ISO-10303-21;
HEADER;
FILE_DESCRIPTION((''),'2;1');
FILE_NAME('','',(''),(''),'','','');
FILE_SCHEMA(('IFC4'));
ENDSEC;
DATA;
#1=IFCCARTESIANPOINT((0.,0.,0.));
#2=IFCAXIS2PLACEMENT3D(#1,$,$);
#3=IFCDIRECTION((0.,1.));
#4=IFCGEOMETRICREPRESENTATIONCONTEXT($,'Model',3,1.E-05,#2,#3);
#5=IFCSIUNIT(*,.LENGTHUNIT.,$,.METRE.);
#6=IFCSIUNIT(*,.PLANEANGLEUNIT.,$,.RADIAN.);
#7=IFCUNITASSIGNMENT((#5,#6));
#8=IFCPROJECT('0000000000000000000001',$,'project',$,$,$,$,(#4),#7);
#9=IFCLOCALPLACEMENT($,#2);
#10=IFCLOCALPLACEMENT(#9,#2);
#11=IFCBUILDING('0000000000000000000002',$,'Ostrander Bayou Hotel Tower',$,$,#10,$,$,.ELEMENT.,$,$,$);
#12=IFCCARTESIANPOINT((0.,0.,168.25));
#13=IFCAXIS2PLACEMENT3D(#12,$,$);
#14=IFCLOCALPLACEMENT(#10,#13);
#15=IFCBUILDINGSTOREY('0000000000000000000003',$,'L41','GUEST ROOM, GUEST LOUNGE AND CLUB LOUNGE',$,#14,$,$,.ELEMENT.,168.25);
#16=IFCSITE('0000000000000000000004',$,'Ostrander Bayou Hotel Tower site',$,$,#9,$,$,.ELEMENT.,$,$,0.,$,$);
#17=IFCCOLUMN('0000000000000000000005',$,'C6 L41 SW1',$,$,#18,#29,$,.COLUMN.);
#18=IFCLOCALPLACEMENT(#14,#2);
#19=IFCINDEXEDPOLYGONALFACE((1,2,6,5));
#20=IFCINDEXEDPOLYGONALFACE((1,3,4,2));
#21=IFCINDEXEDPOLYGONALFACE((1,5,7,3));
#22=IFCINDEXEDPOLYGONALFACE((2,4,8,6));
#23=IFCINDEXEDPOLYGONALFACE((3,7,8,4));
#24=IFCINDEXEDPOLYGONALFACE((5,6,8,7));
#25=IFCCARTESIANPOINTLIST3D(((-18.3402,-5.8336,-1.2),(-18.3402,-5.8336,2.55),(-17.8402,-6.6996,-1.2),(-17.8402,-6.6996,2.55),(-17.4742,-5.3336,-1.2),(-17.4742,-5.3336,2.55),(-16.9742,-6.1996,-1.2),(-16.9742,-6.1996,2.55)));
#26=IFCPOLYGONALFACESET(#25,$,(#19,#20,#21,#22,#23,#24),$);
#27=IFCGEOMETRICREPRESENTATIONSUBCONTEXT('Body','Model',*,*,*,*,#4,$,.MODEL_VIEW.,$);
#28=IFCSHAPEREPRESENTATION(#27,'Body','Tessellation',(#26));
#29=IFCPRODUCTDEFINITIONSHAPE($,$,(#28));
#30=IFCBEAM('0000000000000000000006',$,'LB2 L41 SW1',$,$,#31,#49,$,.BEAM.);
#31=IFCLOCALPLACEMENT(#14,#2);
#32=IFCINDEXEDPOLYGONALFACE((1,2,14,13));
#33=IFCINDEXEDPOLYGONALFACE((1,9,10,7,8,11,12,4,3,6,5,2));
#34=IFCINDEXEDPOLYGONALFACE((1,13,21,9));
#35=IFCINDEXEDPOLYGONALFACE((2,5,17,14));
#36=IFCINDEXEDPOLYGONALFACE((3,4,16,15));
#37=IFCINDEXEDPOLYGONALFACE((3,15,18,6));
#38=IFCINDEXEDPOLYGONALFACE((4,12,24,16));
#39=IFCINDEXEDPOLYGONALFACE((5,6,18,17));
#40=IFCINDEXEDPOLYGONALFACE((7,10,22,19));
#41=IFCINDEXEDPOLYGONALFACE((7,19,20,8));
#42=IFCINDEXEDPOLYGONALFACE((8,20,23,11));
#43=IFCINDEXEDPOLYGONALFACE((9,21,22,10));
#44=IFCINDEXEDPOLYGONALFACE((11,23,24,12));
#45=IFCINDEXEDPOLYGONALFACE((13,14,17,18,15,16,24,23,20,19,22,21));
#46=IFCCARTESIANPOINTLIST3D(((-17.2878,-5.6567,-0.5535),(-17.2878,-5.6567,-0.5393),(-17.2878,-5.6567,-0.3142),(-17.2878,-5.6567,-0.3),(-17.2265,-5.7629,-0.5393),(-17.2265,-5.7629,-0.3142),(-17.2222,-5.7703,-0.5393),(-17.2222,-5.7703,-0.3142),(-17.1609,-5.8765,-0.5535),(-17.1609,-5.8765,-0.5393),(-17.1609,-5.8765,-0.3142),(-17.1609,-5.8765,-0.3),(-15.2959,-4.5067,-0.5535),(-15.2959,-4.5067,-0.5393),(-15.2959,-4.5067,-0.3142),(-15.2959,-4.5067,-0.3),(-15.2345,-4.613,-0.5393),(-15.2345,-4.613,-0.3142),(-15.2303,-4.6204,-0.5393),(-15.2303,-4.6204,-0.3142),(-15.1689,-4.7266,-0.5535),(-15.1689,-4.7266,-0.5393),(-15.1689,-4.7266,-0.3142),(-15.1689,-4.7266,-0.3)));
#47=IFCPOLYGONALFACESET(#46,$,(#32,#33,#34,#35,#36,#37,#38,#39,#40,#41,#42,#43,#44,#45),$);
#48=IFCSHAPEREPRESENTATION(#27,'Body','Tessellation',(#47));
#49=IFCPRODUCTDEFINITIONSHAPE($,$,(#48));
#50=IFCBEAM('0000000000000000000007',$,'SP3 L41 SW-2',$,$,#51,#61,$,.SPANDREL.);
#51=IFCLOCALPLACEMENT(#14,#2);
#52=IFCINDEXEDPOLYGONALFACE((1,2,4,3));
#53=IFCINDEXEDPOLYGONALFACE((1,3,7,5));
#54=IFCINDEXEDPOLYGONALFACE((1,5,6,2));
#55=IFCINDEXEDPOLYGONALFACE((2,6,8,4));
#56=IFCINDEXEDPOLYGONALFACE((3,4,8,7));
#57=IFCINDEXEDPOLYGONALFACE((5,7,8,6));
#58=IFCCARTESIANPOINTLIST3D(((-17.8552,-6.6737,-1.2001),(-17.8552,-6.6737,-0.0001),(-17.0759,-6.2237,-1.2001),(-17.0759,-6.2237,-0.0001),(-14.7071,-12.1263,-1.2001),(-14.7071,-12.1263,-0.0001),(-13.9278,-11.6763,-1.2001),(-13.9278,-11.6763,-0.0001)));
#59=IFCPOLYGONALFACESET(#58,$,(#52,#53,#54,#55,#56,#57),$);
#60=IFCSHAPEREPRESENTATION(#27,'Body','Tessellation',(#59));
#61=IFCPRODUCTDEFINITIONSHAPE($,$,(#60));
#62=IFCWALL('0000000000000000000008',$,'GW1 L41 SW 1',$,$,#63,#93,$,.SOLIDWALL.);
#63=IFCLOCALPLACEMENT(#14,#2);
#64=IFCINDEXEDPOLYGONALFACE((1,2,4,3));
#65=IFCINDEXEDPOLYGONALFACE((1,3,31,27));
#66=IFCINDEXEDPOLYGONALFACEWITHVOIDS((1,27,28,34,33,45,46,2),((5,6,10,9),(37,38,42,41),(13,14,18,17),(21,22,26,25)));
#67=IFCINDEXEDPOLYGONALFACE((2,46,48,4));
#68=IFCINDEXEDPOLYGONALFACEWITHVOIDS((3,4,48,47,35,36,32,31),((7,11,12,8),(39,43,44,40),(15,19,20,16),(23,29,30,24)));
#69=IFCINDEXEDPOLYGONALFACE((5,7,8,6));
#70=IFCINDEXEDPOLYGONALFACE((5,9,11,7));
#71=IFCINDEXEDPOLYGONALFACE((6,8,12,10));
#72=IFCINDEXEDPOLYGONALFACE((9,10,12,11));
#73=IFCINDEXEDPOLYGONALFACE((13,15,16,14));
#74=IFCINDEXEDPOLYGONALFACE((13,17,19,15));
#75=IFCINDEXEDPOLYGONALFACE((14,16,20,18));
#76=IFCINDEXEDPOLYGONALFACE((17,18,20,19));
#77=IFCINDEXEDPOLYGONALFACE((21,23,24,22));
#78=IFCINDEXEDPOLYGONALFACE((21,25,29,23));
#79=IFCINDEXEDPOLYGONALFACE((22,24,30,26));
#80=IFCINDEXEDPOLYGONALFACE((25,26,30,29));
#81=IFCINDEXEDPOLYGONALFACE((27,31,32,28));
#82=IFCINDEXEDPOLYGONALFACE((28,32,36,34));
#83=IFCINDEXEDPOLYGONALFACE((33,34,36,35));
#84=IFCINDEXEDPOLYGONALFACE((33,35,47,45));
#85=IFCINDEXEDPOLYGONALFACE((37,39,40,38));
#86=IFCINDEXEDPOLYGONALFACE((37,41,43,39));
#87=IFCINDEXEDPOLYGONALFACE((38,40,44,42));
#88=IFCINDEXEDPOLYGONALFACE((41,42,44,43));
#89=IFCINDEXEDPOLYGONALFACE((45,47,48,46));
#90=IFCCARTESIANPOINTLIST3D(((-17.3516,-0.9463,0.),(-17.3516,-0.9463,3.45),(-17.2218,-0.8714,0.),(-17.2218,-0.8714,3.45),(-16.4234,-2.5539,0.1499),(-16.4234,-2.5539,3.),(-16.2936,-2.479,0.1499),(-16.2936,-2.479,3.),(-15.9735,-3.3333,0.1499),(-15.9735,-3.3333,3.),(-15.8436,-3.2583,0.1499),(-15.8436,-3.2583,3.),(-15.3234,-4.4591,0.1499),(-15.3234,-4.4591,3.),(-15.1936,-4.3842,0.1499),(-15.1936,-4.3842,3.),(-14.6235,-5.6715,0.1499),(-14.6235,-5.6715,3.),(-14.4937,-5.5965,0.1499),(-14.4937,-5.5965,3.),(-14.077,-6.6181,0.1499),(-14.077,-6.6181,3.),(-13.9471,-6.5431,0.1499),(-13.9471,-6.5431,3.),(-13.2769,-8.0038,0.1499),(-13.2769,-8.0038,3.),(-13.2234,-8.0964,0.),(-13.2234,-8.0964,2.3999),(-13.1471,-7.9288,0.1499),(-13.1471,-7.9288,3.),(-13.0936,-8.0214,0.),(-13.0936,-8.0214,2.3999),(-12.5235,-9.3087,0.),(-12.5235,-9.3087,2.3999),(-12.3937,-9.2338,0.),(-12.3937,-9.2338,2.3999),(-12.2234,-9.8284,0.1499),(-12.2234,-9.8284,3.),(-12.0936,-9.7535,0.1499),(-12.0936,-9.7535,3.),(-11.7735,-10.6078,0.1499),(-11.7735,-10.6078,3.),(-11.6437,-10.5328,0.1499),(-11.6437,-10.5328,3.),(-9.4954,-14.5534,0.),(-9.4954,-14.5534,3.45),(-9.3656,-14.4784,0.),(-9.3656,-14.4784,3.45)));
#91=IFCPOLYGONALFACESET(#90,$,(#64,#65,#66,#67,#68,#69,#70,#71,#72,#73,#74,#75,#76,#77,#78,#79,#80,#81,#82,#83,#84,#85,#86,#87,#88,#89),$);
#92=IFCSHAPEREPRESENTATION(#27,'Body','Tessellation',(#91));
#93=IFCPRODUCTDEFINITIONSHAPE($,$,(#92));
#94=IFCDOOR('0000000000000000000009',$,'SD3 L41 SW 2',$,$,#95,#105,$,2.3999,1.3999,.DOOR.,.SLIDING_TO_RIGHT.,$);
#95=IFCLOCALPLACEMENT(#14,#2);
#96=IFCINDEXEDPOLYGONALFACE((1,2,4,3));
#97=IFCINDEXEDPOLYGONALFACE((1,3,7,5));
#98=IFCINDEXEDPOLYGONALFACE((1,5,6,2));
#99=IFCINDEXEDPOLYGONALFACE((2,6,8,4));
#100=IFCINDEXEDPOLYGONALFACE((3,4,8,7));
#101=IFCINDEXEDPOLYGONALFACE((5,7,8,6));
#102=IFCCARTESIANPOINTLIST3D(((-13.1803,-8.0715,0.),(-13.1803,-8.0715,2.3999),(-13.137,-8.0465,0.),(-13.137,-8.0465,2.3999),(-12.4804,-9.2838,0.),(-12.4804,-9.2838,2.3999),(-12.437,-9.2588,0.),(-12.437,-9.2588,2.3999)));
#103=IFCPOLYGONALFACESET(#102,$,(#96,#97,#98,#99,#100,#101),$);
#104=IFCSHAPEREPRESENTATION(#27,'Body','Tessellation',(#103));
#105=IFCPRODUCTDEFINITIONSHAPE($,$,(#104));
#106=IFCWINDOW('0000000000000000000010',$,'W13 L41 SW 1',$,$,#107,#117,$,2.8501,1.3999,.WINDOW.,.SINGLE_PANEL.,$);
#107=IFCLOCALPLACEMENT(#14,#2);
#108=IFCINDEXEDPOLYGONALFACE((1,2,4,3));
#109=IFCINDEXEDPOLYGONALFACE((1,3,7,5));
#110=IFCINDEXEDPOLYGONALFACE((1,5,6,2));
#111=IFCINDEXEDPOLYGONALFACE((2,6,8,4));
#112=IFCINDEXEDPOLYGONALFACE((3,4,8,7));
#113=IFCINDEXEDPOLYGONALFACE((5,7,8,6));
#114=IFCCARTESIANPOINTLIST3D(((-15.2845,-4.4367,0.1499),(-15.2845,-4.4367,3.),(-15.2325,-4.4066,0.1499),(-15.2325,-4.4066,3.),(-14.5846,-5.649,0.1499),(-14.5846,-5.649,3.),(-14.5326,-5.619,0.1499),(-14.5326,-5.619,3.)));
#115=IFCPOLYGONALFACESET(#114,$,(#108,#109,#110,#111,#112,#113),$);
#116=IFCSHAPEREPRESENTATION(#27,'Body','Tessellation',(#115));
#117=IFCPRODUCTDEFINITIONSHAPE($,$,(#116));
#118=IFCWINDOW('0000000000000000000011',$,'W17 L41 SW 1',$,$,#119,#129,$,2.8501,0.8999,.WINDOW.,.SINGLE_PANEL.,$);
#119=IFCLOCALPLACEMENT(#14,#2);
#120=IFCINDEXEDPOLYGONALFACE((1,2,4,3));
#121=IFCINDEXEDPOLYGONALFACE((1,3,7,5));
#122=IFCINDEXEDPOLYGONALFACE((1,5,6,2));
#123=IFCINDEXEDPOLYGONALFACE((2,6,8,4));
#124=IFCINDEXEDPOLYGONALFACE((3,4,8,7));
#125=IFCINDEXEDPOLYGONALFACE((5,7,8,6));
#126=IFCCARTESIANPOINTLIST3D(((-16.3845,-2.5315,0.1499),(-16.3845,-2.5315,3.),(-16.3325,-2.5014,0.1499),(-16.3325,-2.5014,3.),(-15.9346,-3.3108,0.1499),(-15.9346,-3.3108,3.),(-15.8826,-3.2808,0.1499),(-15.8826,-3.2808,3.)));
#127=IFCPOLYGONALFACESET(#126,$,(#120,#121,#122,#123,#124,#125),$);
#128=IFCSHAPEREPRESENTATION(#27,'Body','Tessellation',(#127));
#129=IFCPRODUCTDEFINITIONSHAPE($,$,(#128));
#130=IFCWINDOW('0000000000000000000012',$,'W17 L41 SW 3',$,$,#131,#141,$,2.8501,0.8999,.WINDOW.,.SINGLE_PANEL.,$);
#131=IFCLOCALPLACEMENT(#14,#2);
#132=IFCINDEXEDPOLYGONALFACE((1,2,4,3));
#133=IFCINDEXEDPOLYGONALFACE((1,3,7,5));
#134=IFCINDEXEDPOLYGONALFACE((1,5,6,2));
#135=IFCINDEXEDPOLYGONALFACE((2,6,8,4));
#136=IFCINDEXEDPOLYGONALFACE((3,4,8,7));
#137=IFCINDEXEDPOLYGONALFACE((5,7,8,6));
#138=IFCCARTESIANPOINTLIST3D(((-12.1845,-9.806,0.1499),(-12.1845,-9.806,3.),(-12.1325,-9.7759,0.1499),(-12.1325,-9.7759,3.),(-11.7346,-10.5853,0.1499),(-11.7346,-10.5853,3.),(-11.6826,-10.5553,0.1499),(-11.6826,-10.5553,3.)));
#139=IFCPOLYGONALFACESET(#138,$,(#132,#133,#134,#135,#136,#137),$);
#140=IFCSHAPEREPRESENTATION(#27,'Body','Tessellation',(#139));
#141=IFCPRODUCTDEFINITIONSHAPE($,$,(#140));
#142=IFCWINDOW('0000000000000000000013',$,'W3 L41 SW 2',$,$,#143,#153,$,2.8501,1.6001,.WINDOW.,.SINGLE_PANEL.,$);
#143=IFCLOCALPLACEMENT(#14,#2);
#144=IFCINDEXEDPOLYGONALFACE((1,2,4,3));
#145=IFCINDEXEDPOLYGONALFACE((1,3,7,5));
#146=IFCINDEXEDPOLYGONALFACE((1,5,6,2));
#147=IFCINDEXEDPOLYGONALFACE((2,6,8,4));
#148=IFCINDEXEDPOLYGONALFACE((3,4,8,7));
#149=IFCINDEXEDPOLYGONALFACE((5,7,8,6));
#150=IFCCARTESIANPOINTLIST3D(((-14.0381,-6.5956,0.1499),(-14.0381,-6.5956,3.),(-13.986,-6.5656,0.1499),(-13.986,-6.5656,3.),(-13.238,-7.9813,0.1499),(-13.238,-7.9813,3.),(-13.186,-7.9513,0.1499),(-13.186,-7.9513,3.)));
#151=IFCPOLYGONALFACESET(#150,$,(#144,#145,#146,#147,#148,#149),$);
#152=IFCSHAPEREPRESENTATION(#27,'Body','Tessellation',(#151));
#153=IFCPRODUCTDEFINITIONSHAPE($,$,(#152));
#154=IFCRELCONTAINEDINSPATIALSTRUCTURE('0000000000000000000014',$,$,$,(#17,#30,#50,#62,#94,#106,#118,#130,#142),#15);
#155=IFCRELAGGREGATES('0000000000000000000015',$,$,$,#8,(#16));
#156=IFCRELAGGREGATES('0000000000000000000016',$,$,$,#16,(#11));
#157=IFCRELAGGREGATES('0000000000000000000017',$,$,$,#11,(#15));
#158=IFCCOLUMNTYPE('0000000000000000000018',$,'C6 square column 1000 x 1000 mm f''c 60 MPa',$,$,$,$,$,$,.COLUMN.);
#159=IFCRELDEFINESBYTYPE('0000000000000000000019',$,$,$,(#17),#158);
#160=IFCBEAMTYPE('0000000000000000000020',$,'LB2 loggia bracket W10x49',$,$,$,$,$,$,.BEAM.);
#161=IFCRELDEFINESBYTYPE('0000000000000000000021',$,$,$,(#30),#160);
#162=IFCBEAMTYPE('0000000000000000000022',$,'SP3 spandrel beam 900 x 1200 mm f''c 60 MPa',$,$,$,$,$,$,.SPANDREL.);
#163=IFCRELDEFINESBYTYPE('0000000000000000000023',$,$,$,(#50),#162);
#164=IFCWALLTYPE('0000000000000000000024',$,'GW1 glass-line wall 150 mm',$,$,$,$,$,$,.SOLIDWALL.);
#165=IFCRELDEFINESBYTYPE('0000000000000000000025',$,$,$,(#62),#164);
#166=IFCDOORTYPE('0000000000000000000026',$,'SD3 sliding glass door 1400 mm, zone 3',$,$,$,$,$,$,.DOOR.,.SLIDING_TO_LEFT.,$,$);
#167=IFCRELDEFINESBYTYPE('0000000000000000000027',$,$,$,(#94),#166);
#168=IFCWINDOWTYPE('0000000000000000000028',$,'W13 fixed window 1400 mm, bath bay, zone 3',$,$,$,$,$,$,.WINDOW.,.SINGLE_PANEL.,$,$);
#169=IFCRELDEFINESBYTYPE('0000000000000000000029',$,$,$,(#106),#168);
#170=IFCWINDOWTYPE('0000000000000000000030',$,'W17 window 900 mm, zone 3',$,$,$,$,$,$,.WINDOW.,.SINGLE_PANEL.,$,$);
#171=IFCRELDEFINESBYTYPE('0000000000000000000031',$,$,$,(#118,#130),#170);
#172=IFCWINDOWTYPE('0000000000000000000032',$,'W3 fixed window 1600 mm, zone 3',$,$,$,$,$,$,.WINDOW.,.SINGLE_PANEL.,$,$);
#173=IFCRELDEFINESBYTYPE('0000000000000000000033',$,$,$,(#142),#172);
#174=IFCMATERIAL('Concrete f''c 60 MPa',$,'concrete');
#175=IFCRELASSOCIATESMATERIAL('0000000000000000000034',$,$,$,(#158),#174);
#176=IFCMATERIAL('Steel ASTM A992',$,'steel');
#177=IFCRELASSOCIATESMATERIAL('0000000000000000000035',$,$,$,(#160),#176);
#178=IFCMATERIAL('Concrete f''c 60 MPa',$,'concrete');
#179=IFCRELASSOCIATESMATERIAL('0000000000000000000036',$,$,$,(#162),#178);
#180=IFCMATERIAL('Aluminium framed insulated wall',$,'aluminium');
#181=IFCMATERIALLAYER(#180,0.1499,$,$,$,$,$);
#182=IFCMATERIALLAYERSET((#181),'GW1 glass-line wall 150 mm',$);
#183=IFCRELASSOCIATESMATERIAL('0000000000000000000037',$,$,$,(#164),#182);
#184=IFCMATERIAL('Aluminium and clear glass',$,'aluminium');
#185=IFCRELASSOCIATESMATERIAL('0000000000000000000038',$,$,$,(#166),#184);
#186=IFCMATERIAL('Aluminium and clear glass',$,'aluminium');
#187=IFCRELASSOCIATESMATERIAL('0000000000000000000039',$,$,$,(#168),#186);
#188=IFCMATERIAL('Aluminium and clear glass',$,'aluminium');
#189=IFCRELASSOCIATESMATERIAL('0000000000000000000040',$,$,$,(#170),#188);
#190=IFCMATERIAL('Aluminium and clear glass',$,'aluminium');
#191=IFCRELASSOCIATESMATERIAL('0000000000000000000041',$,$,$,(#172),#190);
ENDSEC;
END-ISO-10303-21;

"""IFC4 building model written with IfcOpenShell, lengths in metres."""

from ifc_helpers import new_model, si_unit, direction, frame, frame_2d, origin, origin_2d, place, context, subcontext, project, spatial, rectangle, i_section, extrude, material, layer, layer_set, material_profile, profile_set, type_object, element, fill, save


model = new_model("IFC4")

# Units and contexts
model_context = context("Model", 3, precision=1e-05, world=origin(), true_north=direction((0.0, 1.0)))
body_context = subcontext(model_context, "Body", "Model", "MODEL_VIEW")
ifc_project = project(units=[si_unit("LENGTHUNIT", "METRE"), si_unit("PLANEANGLEUNIT", "RADIAN")], contexts=[model_context])

# Site, building, storey
site_placement = place(None, origin())
site = spatial("IfcSite", under=ifc_project, at=site_placement, Name="Ostrander Bayou Hotel Tower site", CompositionType="ELEMENT", RefElevation=0.0)
building_placement = place(site_placement, origin())
building = spatial("IfcBuilding", under=site, at=building_placement, Name="Ostrander Bayou Hotel Tower", CompositionType="ELEMENT")
storey_placement = place(building_placement, frame((0.0, 0.0, 168.25)))
storey = spatial("IfcBuildingStorey", under=building, at=storey_placement, Name="L41", Description="GUEST ROOM, GUEST LOUNGE AND CLUB LOUNGE", CompositionType="ELEMENT", Elevation=168.25)

# Column
ifc_material_1 = material(Name="Concrete f'c 60 MPa", Category="concrete")
ifc_material_profile_1 = material_profile(ifc_material_1, rectangle(XDim=1.0, YDim=1.0, at=origin_2d()))
ifc_profile_set_1 = profile_set([ifc_material_profile_1], Name="Concrete f'c 60 MPa")
column_type = type_object("IfcColumnType", Name="C6 square column 1000 x 1000 mm f'c 60 MPa", PredefinedType="COLUMN", material=ifc_profile_set_1)
column_placement = place(storey_placement, frame((-17.6572, -6.0166, -1.2), z_axis=(0.0, 0.0, 1.0), x_axis=(-0.5, 0.866025, 0.0)))
element("IfcColumn", 1, at=column_placement, inside=storey, type_object=column_type, Name="C6 L41 SW1", PredefinedType="COLUMN", context=body_context, shape_type="SweptSolid", body=[
    extrude(rectangle(XDim=1.0, YDim=1.0, at=origin_2d()), origin(), (0.0, 0.0, 1.0), 3.75),
])

# Beams
ifc_material_2 = material(Name="Steel ASTM A992", Category="steel")
ifc_material_profile_2 = material_profile(ifc_material_2, i_section(OverallWidth=0.2539, OverallDepth=0.2534, WebThickness=0.0085, FlangeThickness=0.0142, at=origin_2d()))
ifc_profile_set_2 = profile_set([ifc_material_profile_2], Name="Steel ASTM A992")
beam_type_1 = type_object("IfcBeamType", Name="LB2 loggia bracket W10x49", PredefinedType="BEAM", material=ifc_profile_set_2)
beam_1_placement = place(storey_placement, frame((-17.2244, -5.7666, -0.4268), z_axis=(0.866053, 0.499952, 0.0), x_axis=(-0.499952, 0.866053, 0.0)))
element("IfcBeam", 2, at=beam_1_placement, inside=storey, type_object=beam_type_1, Name="LB2 L41 SW1", PredefinedType="BEAM", context=body_context, shape_type="SweptSolid", body=[
    extrude(i_section(OverallWidth=0.2539, OverallDepth=0.2534, WebThickness=0.0085, FlangeThickness=0.0142, at=origin_2d()), origin(), (0.0, 0.0, 1.0), 2.3),
])
ifc_material_3 = material(Name="Concrete f'c 60 MPa", Category="concrete")
ifc_material_profile_3 = material_profile(ifc_material_3, rectangle(XDim=0.8999, YDim=1.2, at=origin_2d()))
ifc_profile_set_3 = profile_set([ifc_material_profile_3], Name="Concrete f'c 60 MPa")
beam_type_2 = type_object("IfcBeamType", Name="SP3 spandrel beam 900 x 1200 mm f'c 60 MPa", PredefinedType="SPANDREL", material=ifc_profile_set_3)
beam_2_placement = place(storey_placement, frame((-17.4656, -6.4487, -0.6001), z_axis=(0.500013, -0.866018, 0.0), x_axis=(0.866018, 0.500013, 0.0)))
element("IfcBeam", 3, at=beam_2_placement, inside=storey, type_object=beam_type_2, Name="SP3 L41 SW-2", PredefinedType="SPANDREL", context=body_context, shape_type="SweptSolid", body=[
    extrude(rectangle(XDim=0.8999, YDim=1.2, at=origin_2d()), origin(), (0.0, 0.0, 1.0), 6.2961),
])

# Wall, openings, door, windows
ifc_material_4 = material(Name="Aluminium framed insulated wall", Category="aluminium")
ifc_layer_1 = layer(ifc_material_4, 0.1499)
ifc_layer_set_1 = layer_set([ifc_layer_1], Name="GW1 glass-line wall 150 mm")
wall_type_1 = type_object("IfcWallType", Name="GW1 glass-line wall 150 mm", PredefinedType="SOLIDWALL", material=ifc_layer_set_1)
wall_1_placement = place(storey_placement, frame((-17.2866, -0.9089, 0.0), z_axis=(0.0, 0.0, 1.0), x_axis=(0.500004, -0.866023, 0.0)))
wall_1 = element("IfcWall", 4, at=wall_1_placement, inside=storey, type_object=wall_type_1, Name="GW1 L41 SW 1", PredefinedType="SOLIDWALL", context=body_context, shape_type="SweptSolid", body=[
    extrude(rectangle(XDim=15.7122, YDim=0.1499, at=frame_2d((7.856, 0.0))), origin(), (0.0, 0.0, 1.0), 3.45),
])
opening_1_placement = place(wall_1_placement, frame((1.8562, 0.0, 0.1499)))
opening_1 = element("IfcOpeningElement", 5, at=opening_1_placement, cuts=wall_1, PredefinedType="OPENING", context=body_context, shape_type="SweptSolid", body=[
    extrude(rectangle(XDim=0.8999, YDim=2.8501, at=frame_2d((0.45, 1.425))), frame((0.0, 0.075, 0.0), z_axis=(0.0, -1.0, 0.0), x_axis=(1.0, 0.0, 0.0)), (0.0, 0.0, 1.0), 0.1499),
])
opening_2_placement = place(wall_1_placement, frame((4.0562, 0.0, 0.1499)))
opening_2 = element("IfcOpeningElement", 6, at=opening_2_placement, cuts=wall_1, PredefinedType="OPENING", context=body_context, shape_type="SweptSolid", body=[
    extrude(rectangle(XDim=1.3999, YDim=2.8501, at=frame_2d((0.7, 1.425))), frame((0.0, 0.075, 0.0), z_axis=(0.0, -1.0, 0.0), x_axis=(1.0, 0.0, 0.0)), (0.0, 0.0, 1.0), 0.1499),
])
opening_3_placement = place(wall_1_placement, frame((6.5491, 0.0, 0.1499)))
opening_3 = element("IfcOpeningElement", 7, at=opening_3_placement, cuts=wall_1, PredefinedType="OPENING", context=body_context, shape_type="SweptSolid", body=[
    extrude(rectangle(XDim=1.6001, YDim=2.8501, at=frame_2d((0.8, 1.425))), frame((0.0, 0.075, 0.0), z_axis=(0.0, -1.0, 0.0), x_axis=(1.0, 0.0, 0.0)), (0.0, 0.0, 1.0), 0.1499),
])
opening_4_placement = place(wall_1_placement, frame((8.2561, 0.0, 0.0)))
opening_4 = element("IfcOpeningElement", 8, at=opening_4_placement, cuts=wall_1, PredefinedType="OPENING", context=body_context, shape_type="SweptSolid", body=[
    extrude(rectangle(XDim=1.3999, YDim=2.3999, at=frame_2d((0.7, 1.2))), frame((0.0, 0.075, 0.0), z_axis=(0.0, -1.0, 0.0), x_axis=(1.0, 0.0, 0.0)), (0.0, 0.0, 1.0), 0.1499),
])
opening_5_placement = place(wall_1_placement, frame((10.2561, 0.0, 0.1499)))
opening_5 = element("IfcOpeningElement", 9, at=opening_5_placement, cuts=wall_1, PredefinedType="OPENING", context=body_context, shape_type="SweptSolid", body=[
    extrude(rectangle(XDim=0.8999, YDim=2.8501, at=frame_2d((0.45, 1.425))), frame((0.0, 0.075, 0.0), z_axis=(0.0, -1.0, 0.0), x_axis=(1.0, 0.0, 0.0)), (0.0, 0.0, 1.0), 0.1499),
])
ifc_material_5 = material(Name="Aluminium and clear glass", Category="aluminium")
door_type_1 = type_object("IfcDoorType", Name="SD3 sliding glass door 1400 mm, zone 3", OperationType="SLIDING_TO_LEFT", PredefinedType="DOOR", material=ifc_material_5)
door_1_placement = place(opening_4_placement, origin())
door_1 = element("IfcDoor", 10, at=door_1_placement, inside=storey, type_object=door_type_1, Name="SD3 L41 SW 2", OperationType="SLIDING_TO_RIGHT", OverallHeight=2.3999, OverallWidth=1.3999, PredefinedType="DOOR", context=body_context, shape_type="SweptSolid", body=[
    extrude(rectangle(XDim=1.3999, YDim=2.3999, at=frame_2d((0.7, 1.2))), frame((0.0, 0.0249, 0.0), z_axis=(0.0, -1.0, 0.0), x_axis=(1.0, 0.0, 0.0)), (0.0, 0.0, 1.0), 0.05),
])
fill(opening_4, door_1)
ifc_material_6 = material(Name="Aluminium and clear glass", Category="aluminium")
window_type_1 = type_object("IfcWindowType", Name="W13 fixed window 1400 mm, bath bay, zone 3", PartitioningType="SINGLE_PANEL", PredefinedType="WINDOW", material=ifc_material_6)
window_1_placement = place(opening_2_placement, origin())
window_1 = element("IfcWindow", 11, at=window_1_placement, inside=storey, type_object=window_type_1, Name="W13 L41 SW 1", OverallHeight=2.8501, OverallWidth=1.3999, PartitioningType="SINGLE_PANEL", PredefinedType="WINDOW", context=body_context, shape_type="SweptSolid", body=[
    extrude(rectangle(XDim=1.3999, YDim=2.8501, at=frame_2d((0.7, 1.425))), frame((0.0, 0.03, 0.0), z_axis=(0.0, -1.0, 0.0), x_axis=(1.0, 0.0, 0.0)), (0.0, 0.0, 1.0), 0.0601),
])
fill(opening_2, window_1)
ifc_material_7 = material(Name="Aluminium and clear glass", Category="aluminium")
window_type_2 = type_object("IfcWindowType", Name="W17 window 900 mm, zone 3", PartitioningType="SINGLE_PANEL", PredefinedType="WINDOW", material=ifc_material_7)
window_2_placement = place(opening_1_placement, origin())
window_2 = element("IfcWindow", 12, at=window_2_placement, inside=storey, type_object=window_type_2, Name="W17 L41 SW 1", OverallHeight=2.8501, OverallWidth=0.8999, PartitioningType="SINGLE_PANEL", PredefinedType="WINDOW", context=body_context, shape_type="SweptSolid", body=[
    extrude(rectangle(XDim=0.8999, YDim=2.8501, at=frame_2d((0.45, 1.425))), frame((0.0, 0.03, 0.0), z_axis=(0.0, -1.0, 0.0), x_axis=(1.0, 0.0, 0.0)), (0.0, 0.0, 1.0), 0.0601),
])
fill(opening_1, window_2)
window_3_placement = place(opening_5_placement, origin())
window_3 = element("IfcWindow", 13, at=window_3_placement, inside=storey, type_object=window_type_2, Name="W17 L41 SW 3", OverallHeight=2.8501, OverallWidth=0.8999, PartitioningType="SINGLE_PANEL", PredefinedType="WINDOW", context=body_context, shape_type="SweptSolid", body=[
    extrude(rectangle(XDim=0.8999, YDim=2.8501, at=frame_2d((0.45, 1.425))), frame((0.0, 0.03, 0.0), z_axis=(0.0, -1.0, 0.0), x_axis=(1.0, 0.0, 0.0)), (0.0, 0.0, 1.0), 0.0601),
])
fill(opening_5, window_3)
ifc_material_8 = material(Name="Aluminium and clear glass", Category="aluminium")
window_type_3 = type_object("IfcWindowType", Name="W3 fixed window 1600 mm, zone 3", PartitioningType="SINGLE_PANEL", PredefinedType="WINDOW", material=ifc_material_8)
window_4_placement = place(opening_3_placement, origin())
window_4 = element("IfcWindow", 14, at=window_4_placement, inside=storey, type_object=window_type_3, Name="W3 L41 SW 2", OverallHeight=2.8501, OverallWidth=1.6001, PartitioningType="SINGLE_PANEL", PredefinedType="WINDOW", context=body_context, shape_type="SweptSolid", body=[
    extrude(rectangle(XDim=1.6001, YDim=2.8501, at=frame_2d((0.8, 1.425))), frame((0.0, 0.03, 0.0), z_axis=(0.0, -1.0, 0.0), x_axis=(1.0, 0.0, 0.0)), (0.0, 0.0, 1.0), 0.0601),
])
fill(opening_3, window_4)

save(model, "model.ifc")
